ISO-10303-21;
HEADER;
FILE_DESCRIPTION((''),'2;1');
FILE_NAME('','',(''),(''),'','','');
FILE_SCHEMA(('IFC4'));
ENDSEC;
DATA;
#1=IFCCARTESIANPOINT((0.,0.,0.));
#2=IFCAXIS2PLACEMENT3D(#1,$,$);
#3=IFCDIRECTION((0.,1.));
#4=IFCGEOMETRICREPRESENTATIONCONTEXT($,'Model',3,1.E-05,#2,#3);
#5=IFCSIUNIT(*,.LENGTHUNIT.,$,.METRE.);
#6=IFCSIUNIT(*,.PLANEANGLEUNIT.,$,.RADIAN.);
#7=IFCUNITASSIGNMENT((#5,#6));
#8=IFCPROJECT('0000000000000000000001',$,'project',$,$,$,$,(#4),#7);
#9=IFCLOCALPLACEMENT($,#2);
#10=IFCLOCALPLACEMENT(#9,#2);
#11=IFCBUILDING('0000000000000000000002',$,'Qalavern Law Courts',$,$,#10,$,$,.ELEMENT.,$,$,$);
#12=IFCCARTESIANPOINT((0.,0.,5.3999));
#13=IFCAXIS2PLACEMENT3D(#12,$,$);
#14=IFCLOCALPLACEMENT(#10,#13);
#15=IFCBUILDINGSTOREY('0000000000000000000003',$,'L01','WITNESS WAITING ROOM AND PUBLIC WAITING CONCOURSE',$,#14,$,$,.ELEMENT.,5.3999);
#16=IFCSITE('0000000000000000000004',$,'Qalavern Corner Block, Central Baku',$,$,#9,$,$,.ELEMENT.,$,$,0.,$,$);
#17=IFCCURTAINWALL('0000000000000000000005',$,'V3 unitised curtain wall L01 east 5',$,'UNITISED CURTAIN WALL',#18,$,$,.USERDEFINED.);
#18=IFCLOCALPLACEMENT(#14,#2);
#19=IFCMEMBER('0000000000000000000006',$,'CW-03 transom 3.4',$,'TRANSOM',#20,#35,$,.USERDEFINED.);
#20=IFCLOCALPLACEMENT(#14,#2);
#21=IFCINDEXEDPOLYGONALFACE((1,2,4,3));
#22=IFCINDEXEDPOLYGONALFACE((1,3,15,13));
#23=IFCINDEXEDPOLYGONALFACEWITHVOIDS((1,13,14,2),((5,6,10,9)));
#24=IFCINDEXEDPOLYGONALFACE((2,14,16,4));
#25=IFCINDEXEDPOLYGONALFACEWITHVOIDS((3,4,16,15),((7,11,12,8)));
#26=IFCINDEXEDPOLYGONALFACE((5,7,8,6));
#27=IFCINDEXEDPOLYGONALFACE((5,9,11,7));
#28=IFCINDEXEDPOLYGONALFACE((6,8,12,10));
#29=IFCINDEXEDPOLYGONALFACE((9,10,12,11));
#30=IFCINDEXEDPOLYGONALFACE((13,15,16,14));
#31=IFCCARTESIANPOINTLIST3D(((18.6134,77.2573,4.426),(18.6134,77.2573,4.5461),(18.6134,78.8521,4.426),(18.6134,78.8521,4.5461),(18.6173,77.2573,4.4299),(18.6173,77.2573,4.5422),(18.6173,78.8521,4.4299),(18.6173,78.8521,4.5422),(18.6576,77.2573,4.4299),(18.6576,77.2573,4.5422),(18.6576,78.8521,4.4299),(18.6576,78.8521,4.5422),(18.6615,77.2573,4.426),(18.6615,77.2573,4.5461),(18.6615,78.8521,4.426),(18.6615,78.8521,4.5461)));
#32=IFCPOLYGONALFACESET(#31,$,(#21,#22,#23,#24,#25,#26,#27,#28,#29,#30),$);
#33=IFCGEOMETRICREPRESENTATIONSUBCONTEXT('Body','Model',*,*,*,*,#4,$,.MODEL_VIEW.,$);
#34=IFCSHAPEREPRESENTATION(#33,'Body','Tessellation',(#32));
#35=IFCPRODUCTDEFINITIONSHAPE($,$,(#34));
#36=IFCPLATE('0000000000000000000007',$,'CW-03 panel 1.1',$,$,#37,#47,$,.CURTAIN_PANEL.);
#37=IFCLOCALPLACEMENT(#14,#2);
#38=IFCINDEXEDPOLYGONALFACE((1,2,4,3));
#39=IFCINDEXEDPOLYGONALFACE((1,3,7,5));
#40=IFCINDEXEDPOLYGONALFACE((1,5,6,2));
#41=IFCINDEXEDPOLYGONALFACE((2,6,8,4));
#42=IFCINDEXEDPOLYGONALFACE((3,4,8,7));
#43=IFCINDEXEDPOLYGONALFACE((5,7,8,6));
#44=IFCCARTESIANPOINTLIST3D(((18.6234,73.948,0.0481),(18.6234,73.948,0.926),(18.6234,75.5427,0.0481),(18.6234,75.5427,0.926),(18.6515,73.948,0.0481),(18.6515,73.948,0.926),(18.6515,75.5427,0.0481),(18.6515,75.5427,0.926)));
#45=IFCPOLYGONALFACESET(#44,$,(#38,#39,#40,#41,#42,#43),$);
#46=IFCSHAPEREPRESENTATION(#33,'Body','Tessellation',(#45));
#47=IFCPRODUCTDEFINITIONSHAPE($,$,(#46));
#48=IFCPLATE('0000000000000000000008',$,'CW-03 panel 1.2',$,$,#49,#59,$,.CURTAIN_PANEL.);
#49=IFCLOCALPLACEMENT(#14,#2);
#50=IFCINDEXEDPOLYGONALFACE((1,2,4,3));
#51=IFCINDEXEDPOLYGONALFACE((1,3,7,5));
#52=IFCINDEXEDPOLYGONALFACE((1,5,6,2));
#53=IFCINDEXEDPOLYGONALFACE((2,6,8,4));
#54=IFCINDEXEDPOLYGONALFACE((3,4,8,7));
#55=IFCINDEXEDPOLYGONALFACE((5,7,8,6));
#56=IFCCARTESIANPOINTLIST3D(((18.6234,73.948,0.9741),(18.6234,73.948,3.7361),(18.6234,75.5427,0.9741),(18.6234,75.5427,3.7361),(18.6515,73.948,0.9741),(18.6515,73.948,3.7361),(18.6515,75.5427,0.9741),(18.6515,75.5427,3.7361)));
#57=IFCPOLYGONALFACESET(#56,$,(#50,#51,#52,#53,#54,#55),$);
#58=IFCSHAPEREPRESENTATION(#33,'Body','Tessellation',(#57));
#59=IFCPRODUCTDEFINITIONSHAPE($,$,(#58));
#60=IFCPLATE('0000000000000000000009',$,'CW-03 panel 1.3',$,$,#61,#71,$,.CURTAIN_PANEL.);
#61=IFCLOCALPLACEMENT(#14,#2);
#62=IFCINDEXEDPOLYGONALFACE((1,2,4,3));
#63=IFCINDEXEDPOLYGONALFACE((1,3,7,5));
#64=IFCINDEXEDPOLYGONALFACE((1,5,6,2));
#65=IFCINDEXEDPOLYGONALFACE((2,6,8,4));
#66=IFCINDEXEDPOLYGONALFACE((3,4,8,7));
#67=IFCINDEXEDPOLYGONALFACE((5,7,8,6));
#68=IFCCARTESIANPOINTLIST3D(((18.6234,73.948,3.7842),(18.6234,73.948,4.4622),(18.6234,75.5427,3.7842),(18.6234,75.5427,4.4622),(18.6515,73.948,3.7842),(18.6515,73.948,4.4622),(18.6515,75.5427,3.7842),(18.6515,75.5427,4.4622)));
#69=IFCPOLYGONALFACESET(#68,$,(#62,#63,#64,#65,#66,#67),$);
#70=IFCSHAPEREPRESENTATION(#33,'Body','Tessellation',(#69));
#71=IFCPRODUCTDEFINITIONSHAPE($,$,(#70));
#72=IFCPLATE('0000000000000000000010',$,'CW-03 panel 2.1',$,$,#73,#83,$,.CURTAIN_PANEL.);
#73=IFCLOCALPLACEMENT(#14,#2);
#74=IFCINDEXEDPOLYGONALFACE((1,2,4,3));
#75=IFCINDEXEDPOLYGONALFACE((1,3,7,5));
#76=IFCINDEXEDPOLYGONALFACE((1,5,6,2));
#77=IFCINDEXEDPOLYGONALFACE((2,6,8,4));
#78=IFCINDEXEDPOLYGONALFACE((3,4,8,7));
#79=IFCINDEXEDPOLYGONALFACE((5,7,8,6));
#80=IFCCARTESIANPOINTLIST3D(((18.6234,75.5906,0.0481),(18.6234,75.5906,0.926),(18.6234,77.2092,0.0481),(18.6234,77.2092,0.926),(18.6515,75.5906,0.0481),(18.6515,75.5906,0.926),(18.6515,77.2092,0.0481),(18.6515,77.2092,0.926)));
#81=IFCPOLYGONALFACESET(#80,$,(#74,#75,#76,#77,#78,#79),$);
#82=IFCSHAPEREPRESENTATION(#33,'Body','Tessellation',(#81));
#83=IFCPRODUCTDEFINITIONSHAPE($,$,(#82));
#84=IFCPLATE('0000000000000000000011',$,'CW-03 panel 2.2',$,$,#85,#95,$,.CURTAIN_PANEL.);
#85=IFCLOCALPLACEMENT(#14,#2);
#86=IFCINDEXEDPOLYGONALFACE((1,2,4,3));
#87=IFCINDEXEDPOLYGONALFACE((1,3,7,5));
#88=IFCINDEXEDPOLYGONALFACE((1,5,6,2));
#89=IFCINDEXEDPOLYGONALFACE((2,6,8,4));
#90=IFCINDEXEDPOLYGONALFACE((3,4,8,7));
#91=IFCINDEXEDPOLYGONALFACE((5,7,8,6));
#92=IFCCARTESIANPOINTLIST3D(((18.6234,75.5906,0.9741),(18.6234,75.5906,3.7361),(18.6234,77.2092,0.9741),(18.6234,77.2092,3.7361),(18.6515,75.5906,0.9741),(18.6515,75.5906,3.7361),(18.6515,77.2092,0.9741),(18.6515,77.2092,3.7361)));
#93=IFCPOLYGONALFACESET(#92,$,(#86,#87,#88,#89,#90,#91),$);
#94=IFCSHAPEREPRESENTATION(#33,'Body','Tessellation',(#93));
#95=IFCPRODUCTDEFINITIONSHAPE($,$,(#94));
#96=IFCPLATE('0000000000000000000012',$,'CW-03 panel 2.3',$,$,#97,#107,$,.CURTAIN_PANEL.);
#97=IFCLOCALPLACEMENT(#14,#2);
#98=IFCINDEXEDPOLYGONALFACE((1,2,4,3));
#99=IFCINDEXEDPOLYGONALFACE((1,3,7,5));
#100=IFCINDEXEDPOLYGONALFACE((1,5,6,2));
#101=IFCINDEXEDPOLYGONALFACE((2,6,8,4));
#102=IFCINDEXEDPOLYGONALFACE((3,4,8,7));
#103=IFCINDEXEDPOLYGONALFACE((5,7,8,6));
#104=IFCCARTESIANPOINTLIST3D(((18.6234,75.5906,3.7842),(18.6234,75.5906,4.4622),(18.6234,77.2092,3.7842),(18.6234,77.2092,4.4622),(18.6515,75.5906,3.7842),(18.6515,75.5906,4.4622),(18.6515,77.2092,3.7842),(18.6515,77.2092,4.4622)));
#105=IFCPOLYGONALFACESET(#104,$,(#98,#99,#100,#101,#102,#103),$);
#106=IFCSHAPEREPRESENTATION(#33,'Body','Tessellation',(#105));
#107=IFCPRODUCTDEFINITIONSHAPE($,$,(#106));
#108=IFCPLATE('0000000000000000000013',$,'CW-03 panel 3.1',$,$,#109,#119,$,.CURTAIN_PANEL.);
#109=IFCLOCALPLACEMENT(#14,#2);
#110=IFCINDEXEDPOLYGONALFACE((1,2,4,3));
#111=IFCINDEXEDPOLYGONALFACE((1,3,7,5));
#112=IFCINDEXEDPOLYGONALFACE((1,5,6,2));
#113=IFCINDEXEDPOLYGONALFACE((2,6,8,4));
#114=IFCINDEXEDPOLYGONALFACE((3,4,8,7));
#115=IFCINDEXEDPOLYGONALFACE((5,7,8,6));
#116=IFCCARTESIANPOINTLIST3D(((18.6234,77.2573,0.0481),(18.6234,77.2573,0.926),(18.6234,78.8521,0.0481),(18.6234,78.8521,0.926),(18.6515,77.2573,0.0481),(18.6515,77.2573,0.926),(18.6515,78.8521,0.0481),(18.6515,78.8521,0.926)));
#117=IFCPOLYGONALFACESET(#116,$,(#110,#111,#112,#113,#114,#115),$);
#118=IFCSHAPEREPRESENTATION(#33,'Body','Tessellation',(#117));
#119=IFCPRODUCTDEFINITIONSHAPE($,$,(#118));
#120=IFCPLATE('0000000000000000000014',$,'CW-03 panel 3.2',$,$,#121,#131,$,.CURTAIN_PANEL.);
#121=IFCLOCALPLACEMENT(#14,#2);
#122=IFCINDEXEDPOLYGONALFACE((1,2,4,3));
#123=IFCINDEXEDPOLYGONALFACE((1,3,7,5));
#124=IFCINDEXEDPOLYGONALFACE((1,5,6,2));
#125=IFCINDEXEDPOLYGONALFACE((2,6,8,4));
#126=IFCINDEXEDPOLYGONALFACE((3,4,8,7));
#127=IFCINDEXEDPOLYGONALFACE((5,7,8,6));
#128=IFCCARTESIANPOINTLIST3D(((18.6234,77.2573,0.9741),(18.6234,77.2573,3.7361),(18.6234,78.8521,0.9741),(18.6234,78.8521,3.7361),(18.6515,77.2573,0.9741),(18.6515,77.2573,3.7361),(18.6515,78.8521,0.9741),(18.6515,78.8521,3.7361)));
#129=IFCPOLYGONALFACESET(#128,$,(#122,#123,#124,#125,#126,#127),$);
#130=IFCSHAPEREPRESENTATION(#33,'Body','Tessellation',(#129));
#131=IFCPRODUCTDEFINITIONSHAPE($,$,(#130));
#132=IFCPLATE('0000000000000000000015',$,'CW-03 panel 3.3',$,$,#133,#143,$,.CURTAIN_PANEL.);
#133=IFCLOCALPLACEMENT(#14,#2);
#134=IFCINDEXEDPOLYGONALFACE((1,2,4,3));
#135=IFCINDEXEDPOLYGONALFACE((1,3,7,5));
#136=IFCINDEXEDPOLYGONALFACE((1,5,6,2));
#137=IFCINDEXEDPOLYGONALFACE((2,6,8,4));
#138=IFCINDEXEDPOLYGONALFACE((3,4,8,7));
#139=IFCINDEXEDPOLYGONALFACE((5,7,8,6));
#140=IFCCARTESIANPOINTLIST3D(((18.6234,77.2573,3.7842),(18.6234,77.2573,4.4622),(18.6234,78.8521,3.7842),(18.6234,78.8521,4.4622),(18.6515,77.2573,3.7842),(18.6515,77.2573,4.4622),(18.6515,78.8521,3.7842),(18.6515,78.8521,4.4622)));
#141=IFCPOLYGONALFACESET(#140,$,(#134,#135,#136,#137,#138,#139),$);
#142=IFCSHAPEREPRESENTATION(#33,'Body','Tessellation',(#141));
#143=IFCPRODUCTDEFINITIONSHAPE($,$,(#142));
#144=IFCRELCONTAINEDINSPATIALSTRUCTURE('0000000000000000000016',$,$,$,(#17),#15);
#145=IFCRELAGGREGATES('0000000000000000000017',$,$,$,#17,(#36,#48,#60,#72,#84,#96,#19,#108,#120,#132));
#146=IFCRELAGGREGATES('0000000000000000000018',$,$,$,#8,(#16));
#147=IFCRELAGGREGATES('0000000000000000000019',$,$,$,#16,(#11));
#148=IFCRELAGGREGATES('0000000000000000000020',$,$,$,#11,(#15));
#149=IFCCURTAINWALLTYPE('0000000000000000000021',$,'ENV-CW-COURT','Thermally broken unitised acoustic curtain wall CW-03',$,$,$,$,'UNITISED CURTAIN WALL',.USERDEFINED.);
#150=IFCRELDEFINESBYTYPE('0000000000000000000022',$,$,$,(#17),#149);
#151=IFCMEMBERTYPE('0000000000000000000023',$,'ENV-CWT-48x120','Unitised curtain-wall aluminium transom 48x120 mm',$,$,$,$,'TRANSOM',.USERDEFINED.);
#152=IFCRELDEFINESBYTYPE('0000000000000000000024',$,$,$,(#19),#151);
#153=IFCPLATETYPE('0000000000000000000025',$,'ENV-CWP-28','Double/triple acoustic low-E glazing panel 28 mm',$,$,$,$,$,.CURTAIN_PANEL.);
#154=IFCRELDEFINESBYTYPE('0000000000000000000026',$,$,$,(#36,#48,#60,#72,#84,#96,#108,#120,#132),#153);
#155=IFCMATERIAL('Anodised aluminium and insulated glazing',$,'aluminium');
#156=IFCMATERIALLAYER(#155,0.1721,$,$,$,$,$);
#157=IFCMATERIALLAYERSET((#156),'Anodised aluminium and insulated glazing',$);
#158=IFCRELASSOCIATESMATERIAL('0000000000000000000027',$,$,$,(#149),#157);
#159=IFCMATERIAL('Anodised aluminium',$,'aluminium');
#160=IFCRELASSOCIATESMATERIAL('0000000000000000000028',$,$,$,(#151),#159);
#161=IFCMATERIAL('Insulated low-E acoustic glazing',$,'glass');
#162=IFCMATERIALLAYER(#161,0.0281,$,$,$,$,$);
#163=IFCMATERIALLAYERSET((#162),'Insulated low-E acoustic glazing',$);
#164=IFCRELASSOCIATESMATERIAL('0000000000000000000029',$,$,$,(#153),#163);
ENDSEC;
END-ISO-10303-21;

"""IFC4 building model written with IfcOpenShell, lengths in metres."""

from ifc_helpers import new_model, si_unit, direction, frame, origin, origin_2d, place, context, subcontext, project, spatial, rectangle, hollow_rectangle, extrude, material, layer, layer_set, material_profile, profile_set, type_object, element, aggregate, save


model = new_model("IFC4")

# Units and contexts
model_context = context("Model", 3, precision=1e-05, world=origin(), true_north=direction((0.0, 1.0)))
body_context = subcontext(model_context, "Body", "Model", "MODEL_VIEW")
ifc_project = project(units=[si_unit("LENGTHUNIT", "METRE"), si_unit("PLANEANGLEUNIT", "RADIAN")], contexts=[model_context])

# Site, building, storey
site_placement = place(None, origin())
site = spatial("IfcSite", under=ifc_project, at=site_placement, Name="Qalavern Corner Block, Central Baku", CompositionType="ELEMENT", RefElevation=0.0)
building_placement = place(site_placement, origin())
building = spatial("IfcBuilding", under=site, at=building_placement, Name="Qalavern Law Courts", CompositionType="ELEMENT")
storey_placement = place(building_placement, frame((0.0, 0.0, 5.3999)))
storey = spatial("IfcBuildingStorey", under=building, at=storey_placement, Name="L01", Description="WITNESS WAITING ROOM AND PUBLIC WAITING CONCOURSE", CompositionType="ELEMENT", Elevation=5.3999)

# Curtain wall, member, plates
ifc_material_1 = material(Name="Anodised aluminium and insulated glazing", Category="aluminium")
ifc_layer_1 = layer(ifc_material_1, 0.1721)
ifc_layer_set_1 = layer_set([ifc_layer_1], Name="Anodised aluminium and insulated glazing")
curtain_wall_type = type_object("IfcCurtainWallType", Name="ENV-CW-COURT", Description="Thermally broken unitised acoustic curtain wall CW-03", ElementType="UNITISED CURTAIN WALL", PredefinedType="USERDEFINED", material=ifc_layer_set_1)
curtain_wall_placement = place(storey_placement, origin())
curtain_wall = element("IfcCurtainWall", 1, at=curtain_wall_placement, inside=storey, type_object=curtain_wall_type, Name="V3 unitised curtain wall L01 east 5", ObjectType="UNITISED CURTAIN WALL", PredefinedType="USERDEFINED")
ifc_material_2 = material(Name="Anodised aluminium", Category="aluminium")
ifc_material_profile_1 = material_profile(ifc_material_2, hollow_rectangle(XDim=0.0481, YDim=0.1201, WallThickness=0.0039, at=origin_2d()), Name="ALU TRANSOM 48x120")
ifc_profile_set_1 = profile_set([ifc_material_profile_1], Name="Anodised aluminium")
member_type_1 = type_object("IfcMemberType", Name="ENV-CWT-48x120", Description="Unitised curtain-wall aluminium transom 48x120 mm", ElementType="TRANSOM", PredefinedType="USERDEFINED", material=ifc_profile_set_1)
member_1_placement = place(storey_placement, frame((18.6375, 77.2573, 4.4861), z_axis=(0.0, 1.0, 0.0), x_axis=(-1.0, 0.0, 0.0)))
member_1 = element("IfcMember", 2, at=member_1_placement, type_object=member_type_1, Name="CW-03 transom 3.4", ObjectType="TRANSOM", PredefinedType="USERDEFINED", context=body_context, shape_type="SweptSolid", body=[
    extrude(hollow_rectangle(XDim=0.0481, YDim=0.1201, WallThickness=0.0039, at=origin_2d()), origin(), (0.0, 0.0, 1.0), 1.5947),
])
ifc_material_3 = material(Name="Insulated low-E acoustic glazing", Category="glass")
ifc_layer_2 = layer(ifc_material_3, 0.0281)
ifc_layer_set_2 = layer_set([ifc_layer_2], Name="Insulated low-E acoustic glazing")
plate_type = type_object("IfcPlateType", Name="ENV-CWP-28", Description="Double/triple acoustic low-E glazing panel 28 mm", PredefinedType="CURTAIN_PANEL", material=ifc_layer_set_2)
plate_1_placement = place(storey_placement, frame((18.6375, 74.7454, 0.0481), z_axis=(0.0, 0.0, 1.0), x_axis=(0.0, 1.0, 0.0)))
plate_1 = element("IfcPlate", 3, at=plate_1_placement, type_object=plate_type, Name="CW-03 panel 1.1", PredefinedType="CURTAIN_PANEL", context=body_context, shape_type="SweptSolid", body=[
    extrude(rectangle(XDim=1.5947, YDim=0.0281, at=origin_2d()), origin(), (0.0, 0.0, 1.0), 0.8779),
])
plate_2_placement = place(storey_placement, frame((18.6375, 74.7454, 0.9741), z_axis=(0.0, 0.0, 1.0), x_axis=(0.0, 1.0, 0.0)))
plate_2 = element("IfcPlate", 4, at=plate_2_placement, type_object=plate_type, Name="CW-03 panel 1.2", PredefinedType="CURTAIN_PANEL", context=body_context, shape_type="SweptSolid", body=[
    extrude(rectangle(XDim=1.5947, YDim=0.0281, at=origin_2d()), origin(), (0.0, 0.0, 1.0), 2.762),
])
plate_3_placement = place(storey_placement, frame((18.6375, 74.7454, 3.7842), z_axis=(0.0, 0.0, 1.0), x_axis=(0.0, 1.0, 0.0)))
plate_3 = element("IfcPlate", 5, at=plate_3_placement, type_object=plate_type, Name="CW-03 panel 1.3", PredefinedType="CURTAIN_PANEL", context=body_context, shape_type="SweptSolid", body=[
    extrude(rectangle(XDim=1.5947, YDim=0.0281, at=origin_2d()), origin(), (0.0, 0.0, 1.0), 0.678),
])
plate_4_placement = place(storey_placement, frame((18.6375, 76.3999, 0.0481), z_axis=(0.0, 0.0, 1.0), x_axis=(0.0, 1.0, 0.0)))
plate_4 = element("IfcPlate", 6, at=plate_4_placement, type_object=plate_type, Name="CW-03 panel 2.1", PredefinedType="CURTAIN_PANEL", context=body_context, shape_type="SweptSolid", body=[
    extrude(rectangle(XDim=1.6187, YDim=0.0281, at=origin_2d()), origin(), (0.0, 0.0, 1.0), 0.8779),
])
plate_5_placement = place(storey_placement, frame((18.6375, 76.3999, 0.9741), z_axis=(0.0, 0.0, 1.0), x_axis=(0.0, 1.0, 0.0)))
plate_5 = element("IfcPlate", 7, at=plate_5_placement, type_object=plate_type, Name="CW-03 panel 2.2", PredefinedType="CURTAIN_PANEL", context=body_context, shape_type="SweptSolid", body=[
    extrude(rectangle(XDim=1.6187, YDim=0.0281, at=origin_2d()), origin(), (0.0, 0.0, 1.0), 2.762),
])
plate_6_placement = place(storey_placement, frame((18.6375, 76.3999, 3.7842), z_axis=(0.0, 0.0, 1.0), x_axis=(0.0, 1.0, 0.0)))
plate_6 = element("IfcPlate", 8, at=plate_6_placement, type_object=plate_type, Name="CW-03 panel 2.3", PredefinedType="CURTAIN_PANEL", context=body_context, shape_type="SweptSolid", body=[
    extrude(rectangle(XDim=1.6187, YDim=0.0281, at=origin_2d()), origin(), (0.0, 0.0, 1.0), 0.678),
])
plate_7_placement = place(storey_placement, frame((18.6375, 78.0547, 0.0481), z_axis=(0.0, 0.0, 1.0), x_axis=(0.0, 1.0, 0.0)))
plate_7 = element("IfcPlate", 9, at=plate_7_placement, type_object=plate_type, Name="CW-03 panel 3.1", PredefinedType="CURTAIN_PANEL", context=body_context, shape_type="SweptSolid", body=[
    extrude(rectangle(XDim=1.5947, YDim=0.0281, at=origin_2d()), origin(), (0.0, 0.0, 1.0), 0.8779),
])
plate_8_placement = place(storey_placement, frame((18.6375, 78.0547, 0.9741), z_axis=(0.0, 0.0, 1.0), x_axis=(0.0, 1.0, 0.0)))
plate_8 = element("IfcPlate", 10, at=plate_8_placement, type_object=plate_type, Name="CW-03 panel 3.2", PredefinedType="CURTAIN_PANEL", context=body_context, shape_type="SweptSolid", body=[
    extrude(rectangle(XDim=1.5947, YDim=0.0281, at=origin_2d()), origin(), (0.0, 0.0, 1.0), 2.762),
])
plate_9_placement = place(storey_placement, frame((18.6375, 78.0547, 3.7842), z_axis=(0.0, 0.0, 1.0), x_axis=(0.0, 1.0, 0.0)))
plate_9 = element("IfcPlate", 11, at=plate_9_placement, type_object=plate_type, Name="CW-03 panel 3.3", PredefinedType="CURTAIN_PANEL", context=body_context, shape_type="SweptSolid", body=[
    extrude(rectangle(XDim=1.5947, YDim=0.0281, at=origin_2d()), origin(), (0.0, 0.0, 1.0), 0.678),
])
aggregate(curtain_wall, [plate_1, plate_2, plate_3, plate_4, plate_5, plate_6, member_1, plate_7, plate_8, plate_9])

save(model, "model.ifc")
